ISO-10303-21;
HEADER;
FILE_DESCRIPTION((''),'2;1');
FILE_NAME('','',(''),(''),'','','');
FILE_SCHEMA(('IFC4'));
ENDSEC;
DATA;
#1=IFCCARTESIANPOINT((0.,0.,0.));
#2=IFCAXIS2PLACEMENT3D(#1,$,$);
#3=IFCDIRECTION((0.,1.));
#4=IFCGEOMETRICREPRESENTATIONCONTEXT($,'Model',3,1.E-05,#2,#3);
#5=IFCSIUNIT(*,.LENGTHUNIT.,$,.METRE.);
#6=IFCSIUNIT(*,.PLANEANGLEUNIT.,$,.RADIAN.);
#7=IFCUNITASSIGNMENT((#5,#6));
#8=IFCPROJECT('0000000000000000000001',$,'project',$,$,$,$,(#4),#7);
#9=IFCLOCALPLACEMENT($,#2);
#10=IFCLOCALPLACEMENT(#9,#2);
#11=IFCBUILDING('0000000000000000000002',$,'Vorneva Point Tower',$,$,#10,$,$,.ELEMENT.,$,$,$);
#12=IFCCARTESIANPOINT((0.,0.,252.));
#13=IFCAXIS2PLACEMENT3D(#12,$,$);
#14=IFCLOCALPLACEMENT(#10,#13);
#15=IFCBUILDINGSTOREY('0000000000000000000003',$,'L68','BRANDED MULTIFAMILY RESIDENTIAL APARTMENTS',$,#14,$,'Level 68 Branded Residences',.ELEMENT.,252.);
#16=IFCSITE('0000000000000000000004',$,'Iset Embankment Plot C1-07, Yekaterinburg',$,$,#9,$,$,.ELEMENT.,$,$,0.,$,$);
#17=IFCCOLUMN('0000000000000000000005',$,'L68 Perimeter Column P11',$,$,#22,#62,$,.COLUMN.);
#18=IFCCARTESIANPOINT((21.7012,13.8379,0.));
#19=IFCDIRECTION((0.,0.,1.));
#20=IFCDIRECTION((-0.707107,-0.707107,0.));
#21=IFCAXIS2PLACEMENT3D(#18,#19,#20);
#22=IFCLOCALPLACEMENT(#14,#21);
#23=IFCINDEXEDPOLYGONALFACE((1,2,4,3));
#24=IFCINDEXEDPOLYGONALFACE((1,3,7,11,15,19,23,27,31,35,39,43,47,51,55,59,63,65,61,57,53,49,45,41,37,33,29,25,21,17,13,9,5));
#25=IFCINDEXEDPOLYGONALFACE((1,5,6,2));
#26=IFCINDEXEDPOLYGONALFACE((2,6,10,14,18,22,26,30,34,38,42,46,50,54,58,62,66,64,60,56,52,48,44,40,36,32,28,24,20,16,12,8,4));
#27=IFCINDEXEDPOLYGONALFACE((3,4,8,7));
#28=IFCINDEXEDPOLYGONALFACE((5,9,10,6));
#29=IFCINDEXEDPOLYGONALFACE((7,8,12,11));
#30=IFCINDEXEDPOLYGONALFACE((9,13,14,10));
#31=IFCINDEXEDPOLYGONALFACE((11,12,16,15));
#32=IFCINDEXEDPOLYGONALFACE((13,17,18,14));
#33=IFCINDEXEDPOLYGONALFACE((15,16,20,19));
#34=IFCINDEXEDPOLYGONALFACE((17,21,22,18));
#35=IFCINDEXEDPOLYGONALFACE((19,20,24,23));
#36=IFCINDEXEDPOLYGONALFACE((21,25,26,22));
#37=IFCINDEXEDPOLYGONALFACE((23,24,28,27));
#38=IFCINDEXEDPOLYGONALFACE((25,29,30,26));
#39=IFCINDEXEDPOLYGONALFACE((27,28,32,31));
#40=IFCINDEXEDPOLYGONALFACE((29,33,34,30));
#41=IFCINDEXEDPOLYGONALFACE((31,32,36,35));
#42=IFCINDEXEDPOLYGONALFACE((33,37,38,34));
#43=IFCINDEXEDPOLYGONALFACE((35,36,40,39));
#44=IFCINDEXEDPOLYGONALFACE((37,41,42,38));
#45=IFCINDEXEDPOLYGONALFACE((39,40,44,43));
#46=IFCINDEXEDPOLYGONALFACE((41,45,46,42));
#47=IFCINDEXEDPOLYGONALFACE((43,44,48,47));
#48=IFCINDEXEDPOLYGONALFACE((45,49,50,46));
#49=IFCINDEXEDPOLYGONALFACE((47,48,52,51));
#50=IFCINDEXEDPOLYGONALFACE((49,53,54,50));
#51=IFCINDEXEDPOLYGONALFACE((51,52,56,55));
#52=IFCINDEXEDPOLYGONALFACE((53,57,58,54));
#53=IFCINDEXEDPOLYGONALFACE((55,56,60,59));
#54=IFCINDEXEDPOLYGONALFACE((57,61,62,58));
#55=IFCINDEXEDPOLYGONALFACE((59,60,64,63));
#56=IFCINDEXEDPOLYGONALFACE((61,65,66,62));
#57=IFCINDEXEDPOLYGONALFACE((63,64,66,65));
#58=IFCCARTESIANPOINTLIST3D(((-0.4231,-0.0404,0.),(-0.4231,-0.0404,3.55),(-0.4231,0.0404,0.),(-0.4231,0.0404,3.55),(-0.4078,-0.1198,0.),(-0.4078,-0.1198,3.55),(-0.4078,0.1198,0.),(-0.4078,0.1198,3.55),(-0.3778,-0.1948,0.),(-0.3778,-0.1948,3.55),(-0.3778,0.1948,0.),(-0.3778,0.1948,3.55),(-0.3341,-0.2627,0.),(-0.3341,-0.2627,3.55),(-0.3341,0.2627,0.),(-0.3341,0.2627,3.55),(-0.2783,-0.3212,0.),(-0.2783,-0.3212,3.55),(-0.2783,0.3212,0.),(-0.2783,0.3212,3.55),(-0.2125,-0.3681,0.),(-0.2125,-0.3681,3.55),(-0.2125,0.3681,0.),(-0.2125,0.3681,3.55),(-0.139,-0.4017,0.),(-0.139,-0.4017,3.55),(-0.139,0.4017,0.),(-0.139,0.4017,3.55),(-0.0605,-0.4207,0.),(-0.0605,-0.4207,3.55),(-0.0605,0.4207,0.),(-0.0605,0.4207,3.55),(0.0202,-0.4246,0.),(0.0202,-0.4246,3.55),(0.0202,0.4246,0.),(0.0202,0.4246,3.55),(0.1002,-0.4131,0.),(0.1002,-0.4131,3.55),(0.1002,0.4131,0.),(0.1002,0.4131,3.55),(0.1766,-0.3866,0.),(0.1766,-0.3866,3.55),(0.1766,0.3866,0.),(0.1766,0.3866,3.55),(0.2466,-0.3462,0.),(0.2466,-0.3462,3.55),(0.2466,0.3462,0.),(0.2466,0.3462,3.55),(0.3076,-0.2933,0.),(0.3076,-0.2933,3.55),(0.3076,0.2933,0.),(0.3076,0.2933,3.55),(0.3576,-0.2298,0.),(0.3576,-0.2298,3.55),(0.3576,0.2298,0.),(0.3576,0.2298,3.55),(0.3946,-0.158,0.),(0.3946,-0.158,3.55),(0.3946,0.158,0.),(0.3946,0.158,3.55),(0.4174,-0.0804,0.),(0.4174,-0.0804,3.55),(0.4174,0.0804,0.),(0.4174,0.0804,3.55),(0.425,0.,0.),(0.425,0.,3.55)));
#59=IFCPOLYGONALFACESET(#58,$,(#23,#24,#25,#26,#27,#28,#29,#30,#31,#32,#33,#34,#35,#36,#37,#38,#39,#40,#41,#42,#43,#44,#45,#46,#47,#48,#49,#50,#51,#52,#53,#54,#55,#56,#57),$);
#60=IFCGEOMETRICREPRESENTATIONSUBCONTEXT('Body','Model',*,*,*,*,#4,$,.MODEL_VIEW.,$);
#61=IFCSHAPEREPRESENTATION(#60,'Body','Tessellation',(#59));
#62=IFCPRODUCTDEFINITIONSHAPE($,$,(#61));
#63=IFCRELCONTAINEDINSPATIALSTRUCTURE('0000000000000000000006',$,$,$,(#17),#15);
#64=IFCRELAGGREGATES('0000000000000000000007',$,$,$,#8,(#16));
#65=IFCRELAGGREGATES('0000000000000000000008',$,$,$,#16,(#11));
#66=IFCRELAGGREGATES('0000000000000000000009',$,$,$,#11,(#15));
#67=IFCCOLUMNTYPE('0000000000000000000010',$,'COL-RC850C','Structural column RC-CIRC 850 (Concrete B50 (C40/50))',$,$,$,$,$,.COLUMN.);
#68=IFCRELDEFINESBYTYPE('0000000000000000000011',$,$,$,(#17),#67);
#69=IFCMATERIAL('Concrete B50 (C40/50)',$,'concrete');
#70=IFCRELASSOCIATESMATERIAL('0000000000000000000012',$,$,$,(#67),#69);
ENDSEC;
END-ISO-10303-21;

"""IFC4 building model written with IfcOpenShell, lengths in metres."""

from ifc_helpers import new_model, si_unit, direction, frame, origin, origin_2d, place, context, subcontext, project, spatial, circle, extrude, material, material_profile, profile_set, type_object, element, save


model = new_model("IFC4")

# Units and contexts
model_context = context("Model", 3, precision=1e-05, world=origin(), true_north=direction((0.0, 1.0)))
body_context = subcontext(model_context, "Body", "Model", "MODEL_VIEW")
ifc_project = project(units=[si_unit("LENGTHUNIT", "METRE"), si_unit("PLANEANGLEUNIT", "RADIAN")], contexts=[model_context])

# Site, building, storey
site_placement = place(None, origin())
site = spatial("IfcSite", under=ifc_project, at=site_placement, Name="Iset Embankment Plot C1-07, Yekaterinburg", CompositionType="ELEMENT", RefElevation=0.0)
building_placement = place(site_placement, origin())
building = spatial("IfcBuilding", under=site, at=building_placement, Name="Vorneva Point Tower", CompositionType="ELEMENT")
storey_placement = place(building_placement, frame((0.0, 0.0, 252.0)))
storey = spatial("IfcBuildingStorey", under=building, at=storey_placement, Name="L68", Description="BRANDED MULTIFAMILY RESIDENTIAL APARTMENTS", LongName="Level 68 Branded Residences", CompositionType="ELEMENT", Elevation=252.0)

# Column
ifc_material_1 = material(Name="Concrete B50 (C40/50)", Category="concrete")
ifc_material_profile_1 = material_profile(ifc_material_1, circle(Radius=0.425, at=origin_2d()), Name="RC-CIRC 850")
ifc_profile_set_1 = profile_set([ifc_material_profile_1], Name="Concrete B50 (C40/50)")
column_type = type_object("IfcColumnType", Name="COL-RC850C", Description="Structural column RC-CIRC 850 (Concrete B50 (C40/50))", PredefinedType="COLUMN", material=ifc_profile_set_1)
column_placement = place(storey_placement, frame((21.7012, 13.8379, 0.0), z_axis=(0.0, 0.0, 1.0), x_axis=(-0.707107, -0.707107, 0.0)))
element("IfcColumn", 1, at=column_placement, inside=storey, type_object=column_type, Name="L68 Perimeter Column P11", PredefinedType="COLUMN", context=body_context, shape_type="SweptSolid", body=[
    extrude(circle(Radius=0.425, at=origin_2d()), origin(), (0.0, 0.0, 1.0), 3.55),
])

save(model, "model.ifc")
